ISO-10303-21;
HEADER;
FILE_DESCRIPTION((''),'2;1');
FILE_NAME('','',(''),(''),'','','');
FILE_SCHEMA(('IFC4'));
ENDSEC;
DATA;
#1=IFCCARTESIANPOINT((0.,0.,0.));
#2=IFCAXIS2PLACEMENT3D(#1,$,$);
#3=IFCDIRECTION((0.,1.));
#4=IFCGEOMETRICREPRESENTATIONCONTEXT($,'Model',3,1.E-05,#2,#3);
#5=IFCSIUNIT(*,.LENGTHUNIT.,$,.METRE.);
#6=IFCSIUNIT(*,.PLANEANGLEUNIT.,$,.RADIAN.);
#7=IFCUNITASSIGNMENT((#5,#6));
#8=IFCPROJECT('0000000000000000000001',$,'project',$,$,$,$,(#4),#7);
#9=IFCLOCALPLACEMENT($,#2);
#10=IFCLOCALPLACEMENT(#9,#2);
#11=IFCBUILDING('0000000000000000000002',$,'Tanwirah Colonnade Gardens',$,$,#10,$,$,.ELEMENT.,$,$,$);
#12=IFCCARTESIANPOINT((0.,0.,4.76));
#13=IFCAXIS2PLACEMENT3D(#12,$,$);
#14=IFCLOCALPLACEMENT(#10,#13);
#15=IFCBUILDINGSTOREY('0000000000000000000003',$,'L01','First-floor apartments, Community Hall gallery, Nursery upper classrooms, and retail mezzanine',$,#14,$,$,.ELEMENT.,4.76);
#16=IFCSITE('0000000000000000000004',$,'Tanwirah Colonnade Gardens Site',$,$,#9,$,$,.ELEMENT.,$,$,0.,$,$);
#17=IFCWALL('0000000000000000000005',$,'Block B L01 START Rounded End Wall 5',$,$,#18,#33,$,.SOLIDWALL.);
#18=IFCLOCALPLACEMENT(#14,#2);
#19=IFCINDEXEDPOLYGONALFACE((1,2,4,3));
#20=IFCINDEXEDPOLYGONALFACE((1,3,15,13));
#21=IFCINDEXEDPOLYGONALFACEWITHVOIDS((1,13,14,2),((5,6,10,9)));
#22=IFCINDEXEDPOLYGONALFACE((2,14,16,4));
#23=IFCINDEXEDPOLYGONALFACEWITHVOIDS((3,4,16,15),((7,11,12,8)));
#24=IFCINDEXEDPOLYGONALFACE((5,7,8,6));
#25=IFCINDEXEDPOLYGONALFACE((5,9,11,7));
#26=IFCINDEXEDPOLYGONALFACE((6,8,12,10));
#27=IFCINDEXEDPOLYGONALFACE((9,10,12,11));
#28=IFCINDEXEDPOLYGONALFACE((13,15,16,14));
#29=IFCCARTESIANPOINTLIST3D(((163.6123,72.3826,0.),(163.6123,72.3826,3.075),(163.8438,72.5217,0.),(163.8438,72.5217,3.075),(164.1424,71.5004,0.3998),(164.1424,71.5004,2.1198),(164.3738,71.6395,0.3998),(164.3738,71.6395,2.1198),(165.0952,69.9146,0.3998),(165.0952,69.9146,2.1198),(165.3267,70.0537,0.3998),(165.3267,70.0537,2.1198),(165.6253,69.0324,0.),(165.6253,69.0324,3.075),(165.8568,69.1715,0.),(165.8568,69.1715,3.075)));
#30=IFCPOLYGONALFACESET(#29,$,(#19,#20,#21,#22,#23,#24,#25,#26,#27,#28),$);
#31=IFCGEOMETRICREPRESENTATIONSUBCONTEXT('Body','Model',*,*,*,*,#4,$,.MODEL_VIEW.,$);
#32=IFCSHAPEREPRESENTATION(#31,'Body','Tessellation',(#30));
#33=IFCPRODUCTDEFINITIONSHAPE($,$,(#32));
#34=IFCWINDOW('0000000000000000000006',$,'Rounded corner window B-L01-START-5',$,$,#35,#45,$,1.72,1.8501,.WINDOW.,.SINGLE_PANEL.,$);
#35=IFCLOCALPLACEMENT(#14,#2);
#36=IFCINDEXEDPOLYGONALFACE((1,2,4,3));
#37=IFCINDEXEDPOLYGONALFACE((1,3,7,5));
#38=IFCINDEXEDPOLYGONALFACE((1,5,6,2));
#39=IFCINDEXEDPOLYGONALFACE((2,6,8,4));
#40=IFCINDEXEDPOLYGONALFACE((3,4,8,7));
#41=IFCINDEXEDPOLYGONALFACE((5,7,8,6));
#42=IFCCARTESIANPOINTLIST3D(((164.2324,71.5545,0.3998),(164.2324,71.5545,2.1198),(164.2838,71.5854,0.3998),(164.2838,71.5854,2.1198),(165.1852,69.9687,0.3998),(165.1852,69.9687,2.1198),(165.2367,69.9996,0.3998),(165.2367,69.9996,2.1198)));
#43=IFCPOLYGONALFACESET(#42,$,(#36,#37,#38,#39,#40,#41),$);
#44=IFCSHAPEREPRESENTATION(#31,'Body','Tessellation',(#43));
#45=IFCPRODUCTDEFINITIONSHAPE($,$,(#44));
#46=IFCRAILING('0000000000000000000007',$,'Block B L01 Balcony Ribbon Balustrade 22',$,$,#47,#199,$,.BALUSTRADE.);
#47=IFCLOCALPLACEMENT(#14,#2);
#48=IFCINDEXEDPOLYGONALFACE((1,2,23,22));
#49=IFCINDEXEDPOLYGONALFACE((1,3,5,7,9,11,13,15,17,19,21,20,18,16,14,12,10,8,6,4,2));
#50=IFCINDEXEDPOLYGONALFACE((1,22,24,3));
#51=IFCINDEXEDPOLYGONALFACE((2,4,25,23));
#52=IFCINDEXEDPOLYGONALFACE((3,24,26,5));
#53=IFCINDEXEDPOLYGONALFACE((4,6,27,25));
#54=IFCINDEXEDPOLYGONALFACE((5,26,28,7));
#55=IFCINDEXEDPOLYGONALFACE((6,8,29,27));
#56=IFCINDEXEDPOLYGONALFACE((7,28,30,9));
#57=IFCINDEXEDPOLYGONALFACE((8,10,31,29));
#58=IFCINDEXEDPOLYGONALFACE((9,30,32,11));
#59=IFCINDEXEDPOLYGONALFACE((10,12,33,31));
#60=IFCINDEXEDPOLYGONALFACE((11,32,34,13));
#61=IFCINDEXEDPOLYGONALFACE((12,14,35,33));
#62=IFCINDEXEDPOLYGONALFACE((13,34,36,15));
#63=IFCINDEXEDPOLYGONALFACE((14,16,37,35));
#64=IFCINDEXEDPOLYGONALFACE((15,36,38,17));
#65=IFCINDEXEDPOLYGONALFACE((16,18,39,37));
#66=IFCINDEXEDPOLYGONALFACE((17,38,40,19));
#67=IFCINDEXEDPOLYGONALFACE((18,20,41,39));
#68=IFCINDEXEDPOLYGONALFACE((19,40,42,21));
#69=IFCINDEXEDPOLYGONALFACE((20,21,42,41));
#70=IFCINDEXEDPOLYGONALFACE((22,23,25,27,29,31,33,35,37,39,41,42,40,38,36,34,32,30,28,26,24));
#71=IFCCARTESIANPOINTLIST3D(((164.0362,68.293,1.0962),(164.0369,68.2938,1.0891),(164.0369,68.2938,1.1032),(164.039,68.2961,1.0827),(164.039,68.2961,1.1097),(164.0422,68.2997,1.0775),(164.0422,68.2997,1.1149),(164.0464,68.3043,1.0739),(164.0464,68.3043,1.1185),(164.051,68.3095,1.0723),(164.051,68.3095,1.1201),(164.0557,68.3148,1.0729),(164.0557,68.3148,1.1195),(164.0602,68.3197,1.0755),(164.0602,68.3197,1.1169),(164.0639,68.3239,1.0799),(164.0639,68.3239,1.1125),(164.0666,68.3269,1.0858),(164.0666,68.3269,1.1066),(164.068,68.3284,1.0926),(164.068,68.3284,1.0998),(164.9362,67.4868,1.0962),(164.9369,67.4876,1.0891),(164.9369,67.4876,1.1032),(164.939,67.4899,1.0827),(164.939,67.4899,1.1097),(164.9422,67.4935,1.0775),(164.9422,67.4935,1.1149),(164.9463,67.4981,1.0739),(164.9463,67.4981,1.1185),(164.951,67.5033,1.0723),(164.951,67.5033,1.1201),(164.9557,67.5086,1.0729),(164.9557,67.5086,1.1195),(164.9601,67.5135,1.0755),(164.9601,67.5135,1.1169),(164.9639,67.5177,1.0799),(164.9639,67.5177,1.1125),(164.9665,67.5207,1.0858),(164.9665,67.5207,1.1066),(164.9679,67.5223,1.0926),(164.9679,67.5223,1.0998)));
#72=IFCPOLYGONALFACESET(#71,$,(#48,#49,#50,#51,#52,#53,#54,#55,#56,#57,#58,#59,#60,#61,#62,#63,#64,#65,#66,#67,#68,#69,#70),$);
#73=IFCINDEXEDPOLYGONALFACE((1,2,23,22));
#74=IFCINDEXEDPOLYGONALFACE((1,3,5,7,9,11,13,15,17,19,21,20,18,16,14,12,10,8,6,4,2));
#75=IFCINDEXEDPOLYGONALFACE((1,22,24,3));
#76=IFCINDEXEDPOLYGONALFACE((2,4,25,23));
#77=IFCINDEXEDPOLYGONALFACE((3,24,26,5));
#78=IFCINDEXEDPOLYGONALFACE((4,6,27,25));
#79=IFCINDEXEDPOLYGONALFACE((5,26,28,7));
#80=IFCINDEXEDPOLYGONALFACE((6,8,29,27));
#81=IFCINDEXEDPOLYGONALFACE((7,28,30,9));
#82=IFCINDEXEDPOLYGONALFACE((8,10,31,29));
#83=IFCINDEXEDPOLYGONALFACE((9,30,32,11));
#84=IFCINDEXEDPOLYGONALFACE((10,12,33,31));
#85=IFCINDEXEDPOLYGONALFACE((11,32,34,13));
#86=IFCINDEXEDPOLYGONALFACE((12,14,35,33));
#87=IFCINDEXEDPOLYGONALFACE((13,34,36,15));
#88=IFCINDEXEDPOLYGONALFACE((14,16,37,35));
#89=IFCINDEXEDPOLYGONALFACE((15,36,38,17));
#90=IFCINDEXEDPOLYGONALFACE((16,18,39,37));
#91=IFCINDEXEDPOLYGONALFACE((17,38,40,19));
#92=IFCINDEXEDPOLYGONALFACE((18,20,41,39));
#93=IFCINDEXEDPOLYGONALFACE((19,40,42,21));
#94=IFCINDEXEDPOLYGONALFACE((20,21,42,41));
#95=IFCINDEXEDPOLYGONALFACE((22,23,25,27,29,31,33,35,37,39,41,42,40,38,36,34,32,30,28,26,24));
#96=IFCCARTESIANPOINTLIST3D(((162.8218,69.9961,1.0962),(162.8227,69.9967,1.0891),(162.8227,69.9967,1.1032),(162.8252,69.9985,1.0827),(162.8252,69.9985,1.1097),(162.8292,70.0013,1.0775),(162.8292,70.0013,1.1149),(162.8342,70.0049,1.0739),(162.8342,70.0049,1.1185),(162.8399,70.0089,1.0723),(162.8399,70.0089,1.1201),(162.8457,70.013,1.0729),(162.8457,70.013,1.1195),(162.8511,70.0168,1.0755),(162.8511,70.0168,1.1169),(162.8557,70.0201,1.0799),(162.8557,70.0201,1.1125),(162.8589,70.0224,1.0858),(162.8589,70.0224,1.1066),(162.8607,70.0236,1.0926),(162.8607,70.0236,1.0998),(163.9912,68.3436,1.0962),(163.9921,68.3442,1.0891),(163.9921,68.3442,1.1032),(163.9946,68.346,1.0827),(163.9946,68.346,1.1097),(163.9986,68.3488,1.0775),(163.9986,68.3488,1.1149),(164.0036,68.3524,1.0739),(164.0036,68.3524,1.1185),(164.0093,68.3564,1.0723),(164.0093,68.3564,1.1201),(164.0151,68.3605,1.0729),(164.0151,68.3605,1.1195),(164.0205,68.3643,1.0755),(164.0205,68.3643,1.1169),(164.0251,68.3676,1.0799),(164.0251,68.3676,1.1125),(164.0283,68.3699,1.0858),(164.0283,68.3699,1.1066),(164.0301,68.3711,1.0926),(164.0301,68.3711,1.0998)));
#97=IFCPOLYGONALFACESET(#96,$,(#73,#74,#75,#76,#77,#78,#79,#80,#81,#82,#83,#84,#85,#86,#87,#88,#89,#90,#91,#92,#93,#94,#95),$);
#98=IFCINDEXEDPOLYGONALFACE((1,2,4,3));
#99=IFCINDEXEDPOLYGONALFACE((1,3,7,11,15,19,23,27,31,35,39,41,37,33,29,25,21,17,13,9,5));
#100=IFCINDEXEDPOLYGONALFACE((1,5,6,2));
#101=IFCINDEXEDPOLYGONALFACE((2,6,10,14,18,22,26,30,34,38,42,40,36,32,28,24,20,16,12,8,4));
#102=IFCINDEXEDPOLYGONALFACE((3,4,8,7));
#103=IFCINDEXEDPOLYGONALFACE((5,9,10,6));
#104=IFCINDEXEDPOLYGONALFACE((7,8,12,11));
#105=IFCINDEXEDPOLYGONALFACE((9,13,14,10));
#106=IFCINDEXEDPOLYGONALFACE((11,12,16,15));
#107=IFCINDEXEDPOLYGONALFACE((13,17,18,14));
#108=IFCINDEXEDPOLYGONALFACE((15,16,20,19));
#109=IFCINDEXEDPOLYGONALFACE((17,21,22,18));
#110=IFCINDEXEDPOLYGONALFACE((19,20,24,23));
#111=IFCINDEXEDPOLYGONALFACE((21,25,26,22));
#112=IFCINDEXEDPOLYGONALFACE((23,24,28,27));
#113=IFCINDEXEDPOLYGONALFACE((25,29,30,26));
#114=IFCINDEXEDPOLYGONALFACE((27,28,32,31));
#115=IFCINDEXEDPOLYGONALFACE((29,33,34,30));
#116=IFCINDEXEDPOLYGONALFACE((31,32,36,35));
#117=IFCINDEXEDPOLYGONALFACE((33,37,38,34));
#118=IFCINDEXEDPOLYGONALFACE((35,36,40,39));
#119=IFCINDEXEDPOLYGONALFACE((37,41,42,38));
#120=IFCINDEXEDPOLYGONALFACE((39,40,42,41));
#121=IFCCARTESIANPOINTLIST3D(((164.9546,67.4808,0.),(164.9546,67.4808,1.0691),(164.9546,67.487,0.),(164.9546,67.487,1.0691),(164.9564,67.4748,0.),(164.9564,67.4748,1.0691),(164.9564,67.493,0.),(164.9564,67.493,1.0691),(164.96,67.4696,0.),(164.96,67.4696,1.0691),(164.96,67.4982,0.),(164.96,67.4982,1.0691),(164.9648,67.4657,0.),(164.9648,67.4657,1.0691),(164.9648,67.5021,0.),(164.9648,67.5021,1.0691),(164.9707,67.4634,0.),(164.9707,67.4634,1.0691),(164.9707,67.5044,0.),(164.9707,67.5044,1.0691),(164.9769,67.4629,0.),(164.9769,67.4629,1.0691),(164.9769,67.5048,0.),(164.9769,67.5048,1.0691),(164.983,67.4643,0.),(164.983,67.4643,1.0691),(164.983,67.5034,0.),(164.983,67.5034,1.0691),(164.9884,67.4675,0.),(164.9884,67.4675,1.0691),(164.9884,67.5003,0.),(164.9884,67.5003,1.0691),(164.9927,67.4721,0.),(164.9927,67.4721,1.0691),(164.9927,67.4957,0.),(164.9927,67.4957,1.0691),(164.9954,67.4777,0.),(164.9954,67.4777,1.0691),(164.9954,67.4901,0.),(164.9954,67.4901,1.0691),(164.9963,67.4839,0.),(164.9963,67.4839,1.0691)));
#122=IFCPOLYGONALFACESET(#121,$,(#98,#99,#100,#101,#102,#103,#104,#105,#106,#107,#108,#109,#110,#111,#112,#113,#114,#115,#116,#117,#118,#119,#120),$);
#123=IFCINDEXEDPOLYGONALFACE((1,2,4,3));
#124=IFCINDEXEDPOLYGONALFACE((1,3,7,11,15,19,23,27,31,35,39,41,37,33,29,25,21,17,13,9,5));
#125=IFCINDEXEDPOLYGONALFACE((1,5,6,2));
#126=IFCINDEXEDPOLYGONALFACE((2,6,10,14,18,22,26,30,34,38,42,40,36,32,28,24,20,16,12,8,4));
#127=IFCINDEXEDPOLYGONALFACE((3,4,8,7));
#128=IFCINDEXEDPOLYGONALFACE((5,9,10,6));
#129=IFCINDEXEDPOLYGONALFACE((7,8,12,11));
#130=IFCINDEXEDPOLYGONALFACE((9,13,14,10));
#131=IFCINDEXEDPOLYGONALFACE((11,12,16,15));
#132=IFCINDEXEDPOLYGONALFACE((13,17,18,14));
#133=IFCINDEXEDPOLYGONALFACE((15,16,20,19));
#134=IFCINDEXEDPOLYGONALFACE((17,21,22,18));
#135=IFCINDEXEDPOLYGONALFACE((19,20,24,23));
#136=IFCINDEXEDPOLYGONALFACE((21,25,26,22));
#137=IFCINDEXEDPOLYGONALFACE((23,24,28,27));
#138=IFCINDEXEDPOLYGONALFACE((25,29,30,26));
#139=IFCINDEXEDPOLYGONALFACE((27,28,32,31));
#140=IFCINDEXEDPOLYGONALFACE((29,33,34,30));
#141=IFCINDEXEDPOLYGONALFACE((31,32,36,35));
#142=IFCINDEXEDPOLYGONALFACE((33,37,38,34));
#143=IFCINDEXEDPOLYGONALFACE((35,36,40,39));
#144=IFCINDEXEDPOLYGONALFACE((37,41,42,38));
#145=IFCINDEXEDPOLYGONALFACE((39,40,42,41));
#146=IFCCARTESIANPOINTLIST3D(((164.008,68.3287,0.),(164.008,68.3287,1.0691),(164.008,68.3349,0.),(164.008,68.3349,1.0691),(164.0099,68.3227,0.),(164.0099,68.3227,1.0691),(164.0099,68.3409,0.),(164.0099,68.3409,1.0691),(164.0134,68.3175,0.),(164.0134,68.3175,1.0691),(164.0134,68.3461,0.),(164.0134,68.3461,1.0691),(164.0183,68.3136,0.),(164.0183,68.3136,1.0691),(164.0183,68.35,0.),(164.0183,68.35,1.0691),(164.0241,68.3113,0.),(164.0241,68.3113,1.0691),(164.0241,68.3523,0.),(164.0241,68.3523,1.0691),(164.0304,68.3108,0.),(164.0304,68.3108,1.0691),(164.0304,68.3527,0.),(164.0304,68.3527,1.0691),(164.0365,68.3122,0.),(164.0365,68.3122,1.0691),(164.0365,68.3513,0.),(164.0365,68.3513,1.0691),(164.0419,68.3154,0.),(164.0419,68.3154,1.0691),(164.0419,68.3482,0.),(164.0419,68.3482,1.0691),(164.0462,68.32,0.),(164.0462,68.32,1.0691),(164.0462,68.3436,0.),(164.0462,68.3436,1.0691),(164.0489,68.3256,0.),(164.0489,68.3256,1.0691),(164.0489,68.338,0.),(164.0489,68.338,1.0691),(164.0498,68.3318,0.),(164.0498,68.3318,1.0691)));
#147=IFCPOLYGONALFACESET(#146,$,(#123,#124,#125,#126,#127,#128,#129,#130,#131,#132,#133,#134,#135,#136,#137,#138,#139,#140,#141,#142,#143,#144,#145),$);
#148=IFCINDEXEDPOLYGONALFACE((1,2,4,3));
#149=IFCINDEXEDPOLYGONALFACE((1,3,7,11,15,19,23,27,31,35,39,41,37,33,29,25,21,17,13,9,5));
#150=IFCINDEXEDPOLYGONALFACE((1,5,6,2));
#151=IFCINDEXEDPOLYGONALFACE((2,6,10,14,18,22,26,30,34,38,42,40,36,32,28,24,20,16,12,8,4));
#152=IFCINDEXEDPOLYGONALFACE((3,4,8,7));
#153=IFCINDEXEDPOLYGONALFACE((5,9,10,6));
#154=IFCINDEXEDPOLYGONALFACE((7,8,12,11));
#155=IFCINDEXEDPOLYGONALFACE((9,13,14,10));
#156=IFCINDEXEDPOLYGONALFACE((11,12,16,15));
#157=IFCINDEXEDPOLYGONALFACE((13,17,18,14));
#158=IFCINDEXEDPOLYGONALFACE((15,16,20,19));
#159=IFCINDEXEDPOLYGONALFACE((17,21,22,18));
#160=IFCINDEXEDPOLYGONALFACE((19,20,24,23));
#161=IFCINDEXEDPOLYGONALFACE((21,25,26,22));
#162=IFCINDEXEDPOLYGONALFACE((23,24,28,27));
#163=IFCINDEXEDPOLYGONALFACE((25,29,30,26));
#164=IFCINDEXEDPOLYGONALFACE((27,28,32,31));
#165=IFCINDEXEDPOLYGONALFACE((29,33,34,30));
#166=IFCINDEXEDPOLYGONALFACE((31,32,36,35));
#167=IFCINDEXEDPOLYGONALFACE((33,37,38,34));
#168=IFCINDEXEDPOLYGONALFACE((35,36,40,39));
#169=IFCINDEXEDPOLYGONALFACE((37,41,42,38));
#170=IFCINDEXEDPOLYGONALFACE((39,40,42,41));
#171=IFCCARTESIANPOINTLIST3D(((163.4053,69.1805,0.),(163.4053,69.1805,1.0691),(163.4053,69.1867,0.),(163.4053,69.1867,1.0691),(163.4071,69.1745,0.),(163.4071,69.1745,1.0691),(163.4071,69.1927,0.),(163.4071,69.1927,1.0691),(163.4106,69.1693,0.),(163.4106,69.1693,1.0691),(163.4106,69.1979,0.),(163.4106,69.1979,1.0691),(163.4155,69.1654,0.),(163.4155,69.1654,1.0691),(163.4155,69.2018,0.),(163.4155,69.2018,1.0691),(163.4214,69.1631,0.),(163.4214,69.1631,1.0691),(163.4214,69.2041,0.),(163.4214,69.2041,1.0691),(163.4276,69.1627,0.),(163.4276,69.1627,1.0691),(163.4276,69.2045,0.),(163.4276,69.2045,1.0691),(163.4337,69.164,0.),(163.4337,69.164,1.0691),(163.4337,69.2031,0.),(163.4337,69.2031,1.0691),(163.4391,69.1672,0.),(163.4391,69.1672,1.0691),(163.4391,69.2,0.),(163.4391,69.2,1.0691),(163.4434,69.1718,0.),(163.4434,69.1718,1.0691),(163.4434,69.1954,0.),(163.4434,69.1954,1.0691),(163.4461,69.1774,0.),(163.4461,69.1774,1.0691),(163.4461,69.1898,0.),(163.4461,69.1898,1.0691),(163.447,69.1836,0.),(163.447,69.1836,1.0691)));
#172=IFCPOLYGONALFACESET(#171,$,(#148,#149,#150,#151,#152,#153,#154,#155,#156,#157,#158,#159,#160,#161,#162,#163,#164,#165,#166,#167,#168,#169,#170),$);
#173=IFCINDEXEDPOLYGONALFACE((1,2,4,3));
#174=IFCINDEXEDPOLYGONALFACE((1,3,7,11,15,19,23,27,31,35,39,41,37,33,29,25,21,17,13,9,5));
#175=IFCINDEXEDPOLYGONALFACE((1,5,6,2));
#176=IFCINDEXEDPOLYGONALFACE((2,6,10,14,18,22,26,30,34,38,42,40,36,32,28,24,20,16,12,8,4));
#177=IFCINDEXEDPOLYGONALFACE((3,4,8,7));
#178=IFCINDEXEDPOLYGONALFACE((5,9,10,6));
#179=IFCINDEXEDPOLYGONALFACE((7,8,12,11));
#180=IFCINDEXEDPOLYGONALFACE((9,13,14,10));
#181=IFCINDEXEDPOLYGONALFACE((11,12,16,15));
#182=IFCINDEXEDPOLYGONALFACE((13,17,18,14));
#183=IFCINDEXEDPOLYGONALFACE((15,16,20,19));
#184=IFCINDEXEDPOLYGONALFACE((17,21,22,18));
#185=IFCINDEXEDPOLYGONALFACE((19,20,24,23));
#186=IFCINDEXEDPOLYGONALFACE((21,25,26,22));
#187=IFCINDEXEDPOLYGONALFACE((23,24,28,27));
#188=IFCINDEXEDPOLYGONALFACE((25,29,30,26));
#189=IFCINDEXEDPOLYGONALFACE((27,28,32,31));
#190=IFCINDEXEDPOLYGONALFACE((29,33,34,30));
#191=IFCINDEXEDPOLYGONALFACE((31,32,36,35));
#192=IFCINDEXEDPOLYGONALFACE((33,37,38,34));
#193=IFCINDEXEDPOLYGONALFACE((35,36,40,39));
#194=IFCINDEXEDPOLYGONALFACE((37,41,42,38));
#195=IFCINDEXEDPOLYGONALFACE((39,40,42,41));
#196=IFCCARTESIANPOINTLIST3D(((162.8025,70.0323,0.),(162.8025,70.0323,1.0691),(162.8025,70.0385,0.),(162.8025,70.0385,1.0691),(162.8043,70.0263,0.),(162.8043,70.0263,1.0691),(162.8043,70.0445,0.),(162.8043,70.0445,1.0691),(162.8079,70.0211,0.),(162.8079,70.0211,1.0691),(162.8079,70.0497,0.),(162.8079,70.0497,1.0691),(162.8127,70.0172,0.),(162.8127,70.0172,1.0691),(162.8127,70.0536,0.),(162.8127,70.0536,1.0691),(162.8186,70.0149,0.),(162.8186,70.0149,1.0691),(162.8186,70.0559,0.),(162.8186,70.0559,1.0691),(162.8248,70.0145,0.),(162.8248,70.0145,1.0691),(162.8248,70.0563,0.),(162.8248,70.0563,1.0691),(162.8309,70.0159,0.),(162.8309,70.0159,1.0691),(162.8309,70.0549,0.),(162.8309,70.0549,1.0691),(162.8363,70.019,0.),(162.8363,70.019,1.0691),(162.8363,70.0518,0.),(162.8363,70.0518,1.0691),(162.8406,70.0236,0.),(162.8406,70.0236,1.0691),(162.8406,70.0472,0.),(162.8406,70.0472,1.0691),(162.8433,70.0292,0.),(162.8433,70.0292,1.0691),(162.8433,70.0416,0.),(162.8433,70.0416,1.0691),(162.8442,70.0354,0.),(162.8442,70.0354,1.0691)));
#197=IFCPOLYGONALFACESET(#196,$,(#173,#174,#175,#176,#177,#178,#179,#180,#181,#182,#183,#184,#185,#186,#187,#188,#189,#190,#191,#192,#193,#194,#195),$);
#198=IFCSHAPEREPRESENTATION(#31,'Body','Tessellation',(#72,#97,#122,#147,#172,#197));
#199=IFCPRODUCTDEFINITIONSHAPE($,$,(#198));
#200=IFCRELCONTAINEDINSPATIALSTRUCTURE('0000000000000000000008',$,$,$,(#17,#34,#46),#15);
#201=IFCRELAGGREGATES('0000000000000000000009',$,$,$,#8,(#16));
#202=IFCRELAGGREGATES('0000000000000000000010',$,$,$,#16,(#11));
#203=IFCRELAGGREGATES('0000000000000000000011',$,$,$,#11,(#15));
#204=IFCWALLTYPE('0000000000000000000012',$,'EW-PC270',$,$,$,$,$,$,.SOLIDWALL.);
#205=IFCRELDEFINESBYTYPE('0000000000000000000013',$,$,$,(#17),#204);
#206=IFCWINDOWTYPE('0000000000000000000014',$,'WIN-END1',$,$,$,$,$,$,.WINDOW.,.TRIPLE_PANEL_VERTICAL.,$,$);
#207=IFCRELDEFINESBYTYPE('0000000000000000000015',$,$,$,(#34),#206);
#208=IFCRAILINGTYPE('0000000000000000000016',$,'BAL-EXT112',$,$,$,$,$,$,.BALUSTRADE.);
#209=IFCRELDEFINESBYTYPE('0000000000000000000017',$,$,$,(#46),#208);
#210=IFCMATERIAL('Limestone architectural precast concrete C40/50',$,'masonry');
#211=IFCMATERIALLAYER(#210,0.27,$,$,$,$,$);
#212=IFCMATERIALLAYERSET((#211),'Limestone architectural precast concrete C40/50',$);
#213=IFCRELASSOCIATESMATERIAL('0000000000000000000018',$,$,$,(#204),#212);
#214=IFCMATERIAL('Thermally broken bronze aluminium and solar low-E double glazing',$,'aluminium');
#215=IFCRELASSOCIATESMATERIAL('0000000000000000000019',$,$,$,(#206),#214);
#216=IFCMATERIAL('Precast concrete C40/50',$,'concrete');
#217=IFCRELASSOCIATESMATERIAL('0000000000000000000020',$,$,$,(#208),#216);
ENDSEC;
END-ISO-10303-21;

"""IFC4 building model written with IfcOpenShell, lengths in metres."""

from ifc_helpers import new_model, si_unit, direction, frame, frame_2d, origin, origin_2d, place, context, subcontext, project, spatial, rectangle, circle, extrude, material, layer, layer_set, type_object, element, fill, save


model = new_model("IFC4")

# Units and contexts
model_context = context("Model", 3, precision=1e-05, world=origin(), true_north=direction((0.0, 1.0)))
body_context = subcontext(model_context, "Body", "Model", "MODEL_VIEW")
ifc_project = project(units=[si_unit("LENGTHUNIT", "METRE"), si_unit("PLANEANGLEUNIT", "RADIAN")], contexts=[model_context])

# Site, building, storey
site_placement = place(None, origin())
site = spatial("IfcSite", under=ifc_project, at=site_placement, Name="Tanwirah Colonnade Gardens Site", CompositionType="ELEMENT", RefElevation=0.0)
building_placement = place(site_placement, origin())
building = spatial("IfcBuilding", under=site, at=building_placement, Name="Tanwirah Colonnade Gardens", CompositionType="ELEMENT")
storey_placement = place(building_placement, frame((0.0, 0.0, 4.76)))
storey = spatial("IfcBuildingStorey", under=building, at=storey_placement, Name="L01", Description="First-floor apartments, Community Hall gallery, Nursery upper classrooms, and retail mezzanine", CompositionType="ELEMENT", Elevation=4.76)

# Shared definitions
ifc_material_1 = material(Name="Precast concrete C40/50", Category="concrete")

# Wall, opening, window
ifc_material_2 = material(Name="Limestone architectural precast concrete C40/50", Category="masonry")
ifc_material_3 = material(Name="Thermally broken bronze aluminium and solar low-E double glazing", Category="aluminium")
ifc_layer_1 = layer(ifc_material_2, 0.27)
ifc_layer_set_1 = layer_set([ifc_layer_1], Name="Limestone architectural precast concrete C40/50")
wall_type_1 = type_object("IfcWallType", Name="EW-PC270", PredefinedType="SOLIDWALL", material=ifc_layer_set_1)
window_type_1 = type_object("IfcWindowType", Name="WIN-END1", PartitioningType="TRIPLE_PANEL_VERTICAL", PredefinedType="WINDOW", material=ifc_material_3)
wall_1_placement = place(storey_placement, frame((165.741, 69.1021, 0.0), z_axis=(0.0, 0.0, 1.0), x_axis=(-0.515038, 0.857168, 0.0)))
wall_1 = element("IfcWall", 1, at=wall_1_placement, inside=storey, type_object=wall_type_1, Name="Block B L01 START Rounded End Wall 5", PredefinedType="SOLIDWALL", context=body_context, shape_type="SweptSolid", body=[
    extrude(rectangle(XDim=3.9084, YDim=0.27, at=frame_2d((1.9541, 0.0))), origin(), (0.0, 0.0, 1.0), 3.075),
])
opening_1_placement = place(wall_1_placement, frame((1.0291, 0.0, 0.3999)))
opening_1 = element("IfcOpeningElement", 2, at=opening_1_placement, cuts=wall_1, PredefinedType="OPENING", context=body_context, shape_type="SweptSolid", body=[
    extrude(rectangle(XDim=1.8501, YDim=1.72, at=frame_2d((0.925, 0.8599))), frame((0.0, 0.145, 0.0), z_axis=(0.0, -1.0, 0.0), x_axis=(1.0, 0.0, 0.0)), (0.0, 0.0, 1.0), 0.29),
])
window_1_placement = place(opening_1_placement, origin())
window_1 = element("IfcWindow", 3, at=window_1_placement, inside=storey, type_object=window_type_1, Name="Rounded corner window B-L01-START-5", OverallHeight=1.72, OverallWidth=1.8501, PartitioningType="SINGLE_PANEL", PredefinedType="WINDOW", context=body_context, shape_type="SweptSolid", body=[
    extrude(rectangle(XDim=1.8501, YDim=1.72, at=frame_2d((0.925, 0.8599))), frame((0.0, 0.03, 0.0), z_axis=(0.0, -1.0, 0.0), x_axis=(1.0, 0.0, 0.0)), (0.0, 0.0, 1.0), 0.0601),
])
fill(opening_1, window_1)

# Railing
railing_type_1 = type_object("IfcRailingType", Name="BAL-EXT112", PredefinedType="BALUSTRADE", material=ifc_material_1)
railing_1_placement = place(storey_placement, frame((164.9753, 67.4839, 0.0)))
element("IfcRailing", 4, at=railing_1_placement, inside=storey, type_object=railing_type_1, Name="Block B L01 Balcony Ribbon Balustrade 22", PredefinedType="BALUSTRADE", context=body_context, shape_type="SweptSolid", body=[
    extrude(circle(Radius=0.0239, at=origin_2d()), frame((-0.0232, 0.0208, 1.0962), z_axis=(-0.744849, 0.667233, 0.0), x_axis=(-0.667233, -0.744849, 0.0)), (0.0, 0.0, 1.0), 1.2083),
    extrude(circle(Radius=0.0239, at=origin_2d()), frame((-0.9646, 0.8735, 1.0962), z_axis=(-0.577647, 0.816286, 0.0), x_axis=(-0.816286, -0.577647, 0.0)), (0.0, 0.0, 1.0), 2.0244),
    extrude(circle(Radius=0.021, at=origin_2d()), origin(), (0.0, 0.0, 1.0), 1.0691),
    extrude(circle(Radius=0.021, at=origin_2d()), frame((-0.9465, 0.8479, 0.0)), (0.0, 0.0, 1.0), 1.0691),
    extrude(circle(Radius=0.021, at=origin_2d()), frame((-1.5493, 1.6997, 0.0)), (0.0, 0.0, 1.0), 1.0691),
    extrude(circle(Radius=0.021, at=origin_2d()), frame((-2.1521, 2.5515, 0.0)), (0.0, 0.0, 1.0), 1.0691),
])

save(model, "model.ifc")
